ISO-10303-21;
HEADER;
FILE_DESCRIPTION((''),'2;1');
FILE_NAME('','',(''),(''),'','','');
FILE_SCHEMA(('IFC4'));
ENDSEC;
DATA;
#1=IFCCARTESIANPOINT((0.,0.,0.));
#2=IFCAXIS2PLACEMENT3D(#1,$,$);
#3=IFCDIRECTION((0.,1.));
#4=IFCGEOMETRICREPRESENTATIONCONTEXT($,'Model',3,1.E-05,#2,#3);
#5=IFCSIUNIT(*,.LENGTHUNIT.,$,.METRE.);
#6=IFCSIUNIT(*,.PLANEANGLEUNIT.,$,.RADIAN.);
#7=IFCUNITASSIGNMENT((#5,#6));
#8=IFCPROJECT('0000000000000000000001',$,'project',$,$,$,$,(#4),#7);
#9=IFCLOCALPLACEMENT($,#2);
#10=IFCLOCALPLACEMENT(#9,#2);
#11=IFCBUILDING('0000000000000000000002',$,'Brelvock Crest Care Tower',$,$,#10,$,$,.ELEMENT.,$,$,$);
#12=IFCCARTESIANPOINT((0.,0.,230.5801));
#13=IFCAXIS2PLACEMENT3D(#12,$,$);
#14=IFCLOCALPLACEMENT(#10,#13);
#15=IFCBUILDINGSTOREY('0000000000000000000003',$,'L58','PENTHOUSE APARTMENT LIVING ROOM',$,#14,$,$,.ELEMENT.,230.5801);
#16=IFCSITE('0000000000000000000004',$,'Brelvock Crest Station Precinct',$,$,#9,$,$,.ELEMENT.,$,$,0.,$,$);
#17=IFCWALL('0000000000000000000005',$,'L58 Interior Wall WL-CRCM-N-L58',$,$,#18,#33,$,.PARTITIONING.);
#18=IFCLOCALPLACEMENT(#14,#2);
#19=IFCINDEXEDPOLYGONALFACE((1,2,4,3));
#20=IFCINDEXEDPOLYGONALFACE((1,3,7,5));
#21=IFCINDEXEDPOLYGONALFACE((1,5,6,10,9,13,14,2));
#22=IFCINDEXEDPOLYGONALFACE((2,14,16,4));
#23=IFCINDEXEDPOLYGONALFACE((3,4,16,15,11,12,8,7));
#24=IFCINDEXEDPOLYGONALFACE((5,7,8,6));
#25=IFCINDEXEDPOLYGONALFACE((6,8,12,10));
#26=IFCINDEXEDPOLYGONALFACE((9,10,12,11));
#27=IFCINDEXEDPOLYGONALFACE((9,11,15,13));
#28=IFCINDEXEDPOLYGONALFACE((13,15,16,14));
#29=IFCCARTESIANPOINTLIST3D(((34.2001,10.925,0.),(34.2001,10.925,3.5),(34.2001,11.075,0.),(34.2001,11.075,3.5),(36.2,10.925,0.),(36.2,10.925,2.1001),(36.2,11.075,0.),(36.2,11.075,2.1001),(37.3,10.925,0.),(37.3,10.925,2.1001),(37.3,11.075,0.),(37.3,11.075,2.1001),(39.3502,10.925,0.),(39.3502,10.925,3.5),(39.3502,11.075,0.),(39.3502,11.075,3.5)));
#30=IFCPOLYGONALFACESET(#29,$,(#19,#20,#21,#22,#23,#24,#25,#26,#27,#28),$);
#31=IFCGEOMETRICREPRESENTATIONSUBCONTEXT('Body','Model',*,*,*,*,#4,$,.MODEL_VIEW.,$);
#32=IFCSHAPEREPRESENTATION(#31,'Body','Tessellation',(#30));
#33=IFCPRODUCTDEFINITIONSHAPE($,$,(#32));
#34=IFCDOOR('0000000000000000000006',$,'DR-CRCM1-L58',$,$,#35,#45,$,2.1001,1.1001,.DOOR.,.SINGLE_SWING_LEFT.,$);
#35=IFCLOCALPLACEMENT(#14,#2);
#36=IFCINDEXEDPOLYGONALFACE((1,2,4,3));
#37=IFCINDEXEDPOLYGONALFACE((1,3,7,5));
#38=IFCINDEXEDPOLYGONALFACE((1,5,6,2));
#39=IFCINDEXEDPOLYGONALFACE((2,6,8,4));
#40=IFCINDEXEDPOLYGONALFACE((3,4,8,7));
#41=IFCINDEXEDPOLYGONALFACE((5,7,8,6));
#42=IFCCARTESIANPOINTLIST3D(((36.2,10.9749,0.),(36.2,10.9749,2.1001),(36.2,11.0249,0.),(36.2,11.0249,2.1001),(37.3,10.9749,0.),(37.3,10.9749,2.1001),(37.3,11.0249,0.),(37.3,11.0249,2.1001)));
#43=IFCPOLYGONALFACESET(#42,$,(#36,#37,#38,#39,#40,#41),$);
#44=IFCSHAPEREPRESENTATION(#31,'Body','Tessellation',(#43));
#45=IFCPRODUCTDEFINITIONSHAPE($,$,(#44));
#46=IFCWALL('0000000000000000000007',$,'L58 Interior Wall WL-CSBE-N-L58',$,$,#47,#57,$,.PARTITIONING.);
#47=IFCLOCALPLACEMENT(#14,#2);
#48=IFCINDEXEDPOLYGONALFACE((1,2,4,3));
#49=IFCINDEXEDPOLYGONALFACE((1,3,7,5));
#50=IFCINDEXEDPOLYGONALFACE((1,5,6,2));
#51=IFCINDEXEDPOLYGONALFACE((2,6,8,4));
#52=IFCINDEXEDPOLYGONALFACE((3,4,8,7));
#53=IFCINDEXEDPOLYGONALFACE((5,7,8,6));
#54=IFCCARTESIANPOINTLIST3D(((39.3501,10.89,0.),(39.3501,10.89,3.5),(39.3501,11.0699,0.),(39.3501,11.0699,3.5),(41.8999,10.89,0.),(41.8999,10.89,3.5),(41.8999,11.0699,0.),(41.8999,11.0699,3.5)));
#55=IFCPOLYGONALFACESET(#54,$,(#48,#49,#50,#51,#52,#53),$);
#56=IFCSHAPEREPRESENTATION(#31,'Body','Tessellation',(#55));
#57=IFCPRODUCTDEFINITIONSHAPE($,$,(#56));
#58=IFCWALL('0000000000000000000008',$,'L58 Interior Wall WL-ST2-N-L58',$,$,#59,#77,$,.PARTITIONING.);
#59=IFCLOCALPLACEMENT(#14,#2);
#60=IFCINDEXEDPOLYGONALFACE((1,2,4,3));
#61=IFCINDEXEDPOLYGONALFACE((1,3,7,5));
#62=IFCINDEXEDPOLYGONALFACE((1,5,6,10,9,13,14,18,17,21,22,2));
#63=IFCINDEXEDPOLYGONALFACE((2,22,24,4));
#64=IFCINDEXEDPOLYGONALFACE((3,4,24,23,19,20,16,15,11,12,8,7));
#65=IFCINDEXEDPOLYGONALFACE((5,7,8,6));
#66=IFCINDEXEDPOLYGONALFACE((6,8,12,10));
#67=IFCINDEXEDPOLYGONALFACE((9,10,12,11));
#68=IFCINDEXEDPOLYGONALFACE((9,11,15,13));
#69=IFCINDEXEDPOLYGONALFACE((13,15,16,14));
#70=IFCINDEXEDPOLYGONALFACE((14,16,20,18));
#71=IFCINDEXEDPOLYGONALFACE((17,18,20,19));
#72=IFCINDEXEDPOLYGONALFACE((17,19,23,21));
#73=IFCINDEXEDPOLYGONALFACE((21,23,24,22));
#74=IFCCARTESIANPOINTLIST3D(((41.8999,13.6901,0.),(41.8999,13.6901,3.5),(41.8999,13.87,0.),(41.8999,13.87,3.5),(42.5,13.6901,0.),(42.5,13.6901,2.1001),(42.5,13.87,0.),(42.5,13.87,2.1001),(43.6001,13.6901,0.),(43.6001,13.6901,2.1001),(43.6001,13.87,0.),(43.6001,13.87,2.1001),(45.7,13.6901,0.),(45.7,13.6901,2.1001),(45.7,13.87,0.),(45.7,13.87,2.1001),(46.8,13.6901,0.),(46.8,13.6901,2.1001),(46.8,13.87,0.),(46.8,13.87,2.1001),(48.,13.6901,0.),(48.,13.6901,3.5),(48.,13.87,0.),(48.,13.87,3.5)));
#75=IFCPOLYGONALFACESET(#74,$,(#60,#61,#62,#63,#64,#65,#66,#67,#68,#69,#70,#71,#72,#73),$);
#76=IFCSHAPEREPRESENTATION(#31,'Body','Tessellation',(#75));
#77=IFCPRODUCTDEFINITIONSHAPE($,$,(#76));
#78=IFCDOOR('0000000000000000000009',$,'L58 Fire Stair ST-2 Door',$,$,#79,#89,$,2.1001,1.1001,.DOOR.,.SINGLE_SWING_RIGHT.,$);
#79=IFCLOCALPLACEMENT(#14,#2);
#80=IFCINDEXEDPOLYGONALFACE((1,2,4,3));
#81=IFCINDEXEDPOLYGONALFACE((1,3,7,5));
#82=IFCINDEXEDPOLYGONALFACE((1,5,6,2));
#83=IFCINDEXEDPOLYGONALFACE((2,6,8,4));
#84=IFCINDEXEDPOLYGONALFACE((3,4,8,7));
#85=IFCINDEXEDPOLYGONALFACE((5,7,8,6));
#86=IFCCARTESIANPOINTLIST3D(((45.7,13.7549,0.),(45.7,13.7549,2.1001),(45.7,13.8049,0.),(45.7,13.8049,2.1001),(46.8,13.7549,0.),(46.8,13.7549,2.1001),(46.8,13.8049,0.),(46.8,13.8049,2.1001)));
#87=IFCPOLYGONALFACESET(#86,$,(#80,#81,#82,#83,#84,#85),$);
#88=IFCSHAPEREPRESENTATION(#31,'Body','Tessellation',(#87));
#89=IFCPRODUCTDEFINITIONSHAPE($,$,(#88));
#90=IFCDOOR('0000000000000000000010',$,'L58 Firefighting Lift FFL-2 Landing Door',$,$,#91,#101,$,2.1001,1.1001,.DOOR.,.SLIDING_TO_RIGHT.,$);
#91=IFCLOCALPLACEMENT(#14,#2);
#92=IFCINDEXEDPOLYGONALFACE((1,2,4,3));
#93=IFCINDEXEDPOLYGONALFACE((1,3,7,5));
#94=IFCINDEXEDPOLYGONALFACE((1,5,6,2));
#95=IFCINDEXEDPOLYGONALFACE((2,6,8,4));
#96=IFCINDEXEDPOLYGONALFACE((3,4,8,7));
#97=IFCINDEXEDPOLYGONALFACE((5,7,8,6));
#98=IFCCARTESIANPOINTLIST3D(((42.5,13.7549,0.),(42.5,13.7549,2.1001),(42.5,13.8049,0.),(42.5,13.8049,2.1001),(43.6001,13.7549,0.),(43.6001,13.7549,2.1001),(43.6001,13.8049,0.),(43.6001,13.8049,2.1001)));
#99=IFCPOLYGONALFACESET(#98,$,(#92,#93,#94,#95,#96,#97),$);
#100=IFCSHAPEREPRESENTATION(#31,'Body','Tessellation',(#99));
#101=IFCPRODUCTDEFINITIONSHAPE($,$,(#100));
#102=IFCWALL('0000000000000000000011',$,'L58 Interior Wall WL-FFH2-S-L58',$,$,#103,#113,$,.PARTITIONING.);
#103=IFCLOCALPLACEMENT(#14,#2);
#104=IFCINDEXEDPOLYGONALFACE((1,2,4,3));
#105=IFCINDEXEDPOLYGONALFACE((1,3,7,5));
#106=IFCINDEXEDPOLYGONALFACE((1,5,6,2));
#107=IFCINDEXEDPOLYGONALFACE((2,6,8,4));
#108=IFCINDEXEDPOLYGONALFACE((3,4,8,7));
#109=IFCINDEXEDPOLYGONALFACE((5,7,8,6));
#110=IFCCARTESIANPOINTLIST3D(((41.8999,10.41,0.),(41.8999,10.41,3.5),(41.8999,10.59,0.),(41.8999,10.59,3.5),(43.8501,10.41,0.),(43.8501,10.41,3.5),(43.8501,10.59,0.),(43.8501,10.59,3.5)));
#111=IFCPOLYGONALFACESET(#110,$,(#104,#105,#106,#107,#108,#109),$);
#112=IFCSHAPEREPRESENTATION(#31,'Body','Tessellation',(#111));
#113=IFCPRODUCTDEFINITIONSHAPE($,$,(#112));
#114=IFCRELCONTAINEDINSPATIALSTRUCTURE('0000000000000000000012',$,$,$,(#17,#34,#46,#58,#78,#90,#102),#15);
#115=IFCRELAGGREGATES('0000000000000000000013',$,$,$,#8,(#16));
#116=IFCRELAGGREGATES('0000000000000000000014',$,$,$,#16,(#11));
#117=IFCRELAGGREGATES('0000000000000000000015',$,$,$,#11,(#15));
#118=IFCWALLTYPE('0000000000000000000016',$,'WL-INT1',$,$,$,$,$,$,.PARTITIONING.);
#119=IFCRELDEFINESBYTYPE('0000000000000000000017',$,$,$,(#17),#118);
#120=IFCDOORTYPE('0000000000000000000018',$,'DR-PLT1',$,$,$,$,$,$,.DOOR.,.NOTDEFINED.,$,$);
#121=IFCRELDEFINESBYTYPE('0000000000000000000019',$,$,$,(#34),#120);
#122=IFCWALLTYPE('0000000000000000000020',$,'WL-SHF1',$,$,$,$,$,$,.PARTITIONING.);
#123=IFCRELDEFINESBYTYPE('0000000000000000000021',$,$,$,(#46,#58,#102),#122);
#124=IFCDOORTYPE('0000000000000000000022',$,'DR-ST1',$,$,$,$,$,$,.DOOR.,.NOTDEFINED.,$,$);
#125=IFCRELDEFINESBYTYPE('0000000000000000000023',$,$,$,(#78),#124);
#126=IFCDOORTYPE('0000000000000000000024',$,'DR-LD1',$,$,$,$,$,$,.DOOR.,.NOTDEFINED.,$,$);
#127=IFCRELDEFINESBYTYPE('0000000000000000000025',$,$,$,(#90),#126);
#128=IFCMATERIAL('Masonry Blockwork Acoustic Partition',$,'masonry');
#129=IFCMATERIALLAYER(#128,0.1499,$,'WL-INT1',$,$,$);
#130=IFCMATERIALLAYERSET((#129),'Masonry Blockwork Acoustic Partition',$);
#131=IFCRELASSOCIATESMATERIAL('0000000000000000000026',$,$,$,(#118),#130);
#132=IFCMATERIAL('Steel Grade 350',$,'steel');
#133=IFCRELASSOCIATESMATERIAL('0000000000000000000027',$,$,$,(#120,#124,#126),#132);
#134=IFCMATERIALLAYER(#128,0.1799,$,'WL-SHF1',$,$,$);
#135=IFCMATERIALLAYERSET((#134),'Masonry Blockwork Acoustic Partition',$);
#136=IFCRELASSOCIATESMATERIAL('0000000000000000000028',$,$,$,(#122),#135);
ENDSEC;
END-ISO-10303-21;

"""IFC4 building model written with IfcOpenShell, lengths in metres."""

from ifc_helpers import new_model, si_unit, direction, frame, frame_2d, origin, origin_2d, place, context, subcontext, project, spatial, rectangle, extrude, source, transform, mapped, material, layer, layer_set, type_object, element, fill, save


model = new_model("IFC4")

# Units and contexts
model_context = context("Model", 3, precision=1e-05, world=origin(), true_north=direction((0.0, 1.0)))
body_context = subcontext(model_context, "Body", "Model", "MODEL_VIEW")
ifc_project = project(units=[si_unit("LENGTHUNIT", "METRE"), si_unit("PLANEANGLEUNIT", "RADIAN")], contexts=[model_context])

# Site, building, storey
site_placement = place(None, origin())
site = spatial("IfcSite", under=ifc_project, at=site_placement, Name="Brelvock Crest Station Precinct", CompositionType="ELEMENT", RefElevation=0.0)
building_placement = place(site_placement, origin())
building = spatial("IfcBuilding", under=site, at=building_placement, Name="Brelvock Crest Care Tower", CompositionType="ELEMENT")
storey_placement = place(building_placement, frame((0.0, 0.0, 230.5801)))
storey = spatial("IfcBuildingStorey", under=building, at=storey_placement, Name="L58", Description="PENTHOUSE APARTMENT LIVING ROOM", CompositionType="ELEMENT", Elevation=230.5801)

# Shared definitions
ifc_material_1 = material(Name="Steel Grade 350", Category="steel")

# Shared definitions
ifc_material_2 = material(Name="Masonry Blockwork Acoustic Partition", Category="masonry")
ifc_layer_1 = layer(ifc_material_2, 0.1499, Name="WL-INT1")
ifc_layer_set_1 = layer_set([ifc_layer_1], Name="Masonry Blockwork Acoustic Partition")
wall_type_1 = type_object("IfcWallType", Name="WL-INT1", PredefinedType="PARTITIONING", material=ifc_layer_set_1)

# Wall, opening, door
wall_1_placement = place(storey_placement, frame((34.2, 11.0, 0.0), z_axis=(0.0, 0.0, 1.0), x_axis=(1.0, 0.0, 0.0)))
wall_1 = element("IfcWall", 1, at=wall_1_placement, inside=storey, type_object=wall_type_1, Name="L58 Interior Wall WL-CRCM-N-L58", PredefinedType="PARTITIONING", context=body_context, shape_type="SweptSolid", body=[
    extrude(rectangle(XDim=5.1501, YDim=0.1499, at=frame_2d((2.5752, 0.0))), origin(), (0.0, 0.0, 1.0), 3.5),
])
opening_1_placement = place(wall_1_placement, frame((2.0, 0.0, 0.0)))
opening_1 = element("IfcOpeningElement", 2, at=opening_1_placement, cuts=wall_1, PredefinedType="OPENING", context=body_context, shape_type="SweptSolid", body=[
    extrude(rectangle(XDim=1.1001, YDim=2.1001, at=origin_2d()), frame((0.55, 0.085, 1.05), z_axis=(0.0, -1.0, 0.0), x_axis=(1.0, 0.0, 0.0)), (0.0, 0.0, 1.0), 0.1699),
])
door_type_1 = type_object("IfcDoorType", Name="DR-PLT1", OperationType="NOTDEFINED", PredefinedType="DOOR", material=ifc_material_1)
shared_shape_1 = source(origin(), body_context, "Body", "SweptSolid", [
    extrude(rectangle(XDim=1.1001, YDim=2.1001, at=origin_2d()), frame((0.55, 0.0249, 1.05), z_axis=(0.0, -1.0, 0.0), x_axis=(1.0, 0.0, 0.0)), (0.0, 0.0, 1.0), 0.05),
])
door_1_placement = place(opening_1_placement, origin())
door_1 = element("IfcDoor", 3, at=door_1_placement, inside=storey, type_object=door_type_1, Name="DR-CRCM1-L58", OperationType="SINGLE_SWING_LEFT", OverallHeight=2.1001, OverallWidth=1.1001, PredefinedType="DOOR", context=body_context, shape_type="MappedRepresentation", body=[
    mapped(shared_shape_1, transform((0.0, 0.0, 0.0), x_axis=(1.0, 0.0, 0.0), y_axis=(0.0, 1.0, 0.0), z_axis=(0.0, 0.0, 1.0), scale=1.0)),
])
fill(opening_1, door_1)

# Wall
ifc_layer_2 = layer(ifc_material_2, 0.1799, Name="WL-SHF1")
ifc_layer_set_2 = layer_set([ifc_layer_2], Name="Masonry Blockwork Acoustic Partition")
wall_type_2 = type_object("IfcWallType", Name="WL-SHF1", PredefinedType="PARTITIONING", material=ifc_layer_set_2)
wall_2_placement = place(storey_placement, frame((39.3501, 10.98, 0.0), z_axis=(0.0, 0.0, 1.0), x_axis=(1.0, 0.0, 0.0)))
element("IfcWall", 4, at=wall_2_placement, inside=storey, type_object=wall_type_2, Name="L58 Interior Wall WL-CSBE-N-L58", PredefinedType="PARTITIONING", context=body_context, shape_type="SweptSolid", body=[
    extrude(rectangle(XDim=2.5498, YDim=0.1799, at=frame_2d((1.2749, 0.0))), origin(), (0.0, 0.0, 1.0), 3.5),
])

# Wall, openings, doors
wall_3_placement = place(storey_placement, frame((41.8999, 13.78, 0.0), z_axis=(0.0, 0.0, 1.0), x_axis=(1.0, 0.0, 0.0)))
wall_3 = element("IfcWall", 5, at=wall_3_placement, inside=storey, type_object=wall_type_2, Name="L58 Interior Wall WL-ST2-N-L58", PredefinedType="PARTITIONING", context=body_context, shape_type="SweptSolid", body=[
    extrude(rectangle(XDim=6.1001, YDim=0.1799, at=frame_2d((3.05, 0.0))), origin(), (0.0, 0.0, 1.0), 3.5),
])
opening_2_placement = place(wall_3_placement, frame((0.6001, 0.0, 0.0)))
opening_2 = element("IfcOpeningElement", 6, at=opening_2_placement, cuts=wall_3, PredefinedType="OPENING", context=body_context, shape_type="SweptSolid", body=[
    extrude(rectangle(XDim=1.1001, YDim=2.1001, at=origin_2d()), frame((0.55, 0.1001, 1.05), z_axis=(0.0, -1.0, 0.0), x_axis=(1.0, 0.0, 0.0)), (0.0, 0.0, 1.0), 0.2),
])
opening_3_placement = place(wall_3_placement, frame((3.8, 0.0, 0.0)))
opening_3 = element("IfcOpeningElement", 7, at=opening_3_placement, cuts=wall_3, PredefinedType="OPENING", context=body_context, shape_type="SweptSolid", body=[
    extrude(rectangle(XDim=1.1001, YDim=2.1001, at=origin_2d()), frame((0.55, 0.1001, 1.05), z_axis=(0.0, -1.0, 0.0), x_axis=(1.0, 0.0, 0.0)), (0.0, 0.0, 1.0), 0.2),
])
door_type_2 = type_object("IfcDoorType", Name="DR-ST1", OperationType="NOTDEFINED", PredefinedType="DOOR", material=ifc_material_1)
shared_shape_2 = source(origin(), body_context, "Body", "SweptSolid", [
    extrude(rectangle(XDim=1.1001, YDim=2.1001, at=origin_2d()), frame((0.55, 0.0249, 1.05), z_axis=(0.0, -1.0, 0.0), x_axis=(1.0, 0.0, 0.0)), (0.0, 0.0, 1.0), 0.05),
])
door_2_placement = place(opening_3_placement, origin())
door_2 = element("IfcDoor", 8, at=door_2_placement, inside=storey, type_object=door_type_2, Name="L58 Fire Stair ST-2 Door", OperationType="SINGLE_SWING_RIGHT", OverallHeight=2.1001, OverallWidth=1.1001, PredefinedType="DOOR", context=body_context, shape_type="MappedRepresentation", body=[
    mapped(shared_shape_2, transform((0.0, 0.0, 0.0), x_axis=(1.0, 0.0, 0.0), y_axis=(0.0, 1.0, 0.0), z_axis=(0.0, 0.0, 1.0), scale=1.0)),
])
fill(opening_3, door_2)
door_type_3 = type_object("IfcDoorType", Name="DR-LD1", OperationType="NOTDEFINED", PredefinedType="DOOR", material=ifc_material_1)
shared_shape_3 = source(origin(), body_context, "Body", "SweptSolid", [
    extrude(rectangle(XDim=1.1001, YDim=2.1001, at=origin_2d()), frame((0.55, 0.0249, 1.05), z_axis=(0.0, -1.0, 0.0), x_axis=(1.0, 0.0, 0.0)), (0.0, 0.0, 1.0), 0.05),
])
door_3_placement = place(opening_2_placement, origin())
door_3 = element("IfcDoor", 9, at=door_3_placement, inside=storey, type_object=door_type_3, Name="L58 Firefighting Lift FFL-2 Landing Door", OperationType="SLIDING_TO_RIGHT", OverallHeight=2.1001, OverallWidth=1.1001, PredefinedType="DOOR", context=body_context, shape_type="MappedRepresentation", body=[
    mapped(shared_shape_3, transform((0.0, 0.0, 0.0), x_axis=(1.0, 0.0, 0.0), y_axis=(0.0, 1.0, 0.0), z_axis=(0.0, 0.0, 1.0), scale=1.0)),
])
fill(opening_2, door_3)

# Wall
wall_4_placement = place(storey_placement, frame((41.8999, 10.5, 0.0), z_axis=(0.0, 0.0, 1.0), x_axis=(1.0, 0.0, 0.0)))
element("IfcWall", 10, at=wall_4_placement, inside=storey, type_object=wall_type_2, Name="L58 Interior Wall WL-FFH2-S-L58", PredefinedType="PARTITIONING", context=body_context, shape_type="SweptSolid", body=[
    extrude(rectangle(XDim=1.9502, YDim=0.1799, at=frame_2d((0.9751, 0.0))), origin(), (0.0, 0.0, 1.0), 3.5),
])

save(model, "model.ifc")
